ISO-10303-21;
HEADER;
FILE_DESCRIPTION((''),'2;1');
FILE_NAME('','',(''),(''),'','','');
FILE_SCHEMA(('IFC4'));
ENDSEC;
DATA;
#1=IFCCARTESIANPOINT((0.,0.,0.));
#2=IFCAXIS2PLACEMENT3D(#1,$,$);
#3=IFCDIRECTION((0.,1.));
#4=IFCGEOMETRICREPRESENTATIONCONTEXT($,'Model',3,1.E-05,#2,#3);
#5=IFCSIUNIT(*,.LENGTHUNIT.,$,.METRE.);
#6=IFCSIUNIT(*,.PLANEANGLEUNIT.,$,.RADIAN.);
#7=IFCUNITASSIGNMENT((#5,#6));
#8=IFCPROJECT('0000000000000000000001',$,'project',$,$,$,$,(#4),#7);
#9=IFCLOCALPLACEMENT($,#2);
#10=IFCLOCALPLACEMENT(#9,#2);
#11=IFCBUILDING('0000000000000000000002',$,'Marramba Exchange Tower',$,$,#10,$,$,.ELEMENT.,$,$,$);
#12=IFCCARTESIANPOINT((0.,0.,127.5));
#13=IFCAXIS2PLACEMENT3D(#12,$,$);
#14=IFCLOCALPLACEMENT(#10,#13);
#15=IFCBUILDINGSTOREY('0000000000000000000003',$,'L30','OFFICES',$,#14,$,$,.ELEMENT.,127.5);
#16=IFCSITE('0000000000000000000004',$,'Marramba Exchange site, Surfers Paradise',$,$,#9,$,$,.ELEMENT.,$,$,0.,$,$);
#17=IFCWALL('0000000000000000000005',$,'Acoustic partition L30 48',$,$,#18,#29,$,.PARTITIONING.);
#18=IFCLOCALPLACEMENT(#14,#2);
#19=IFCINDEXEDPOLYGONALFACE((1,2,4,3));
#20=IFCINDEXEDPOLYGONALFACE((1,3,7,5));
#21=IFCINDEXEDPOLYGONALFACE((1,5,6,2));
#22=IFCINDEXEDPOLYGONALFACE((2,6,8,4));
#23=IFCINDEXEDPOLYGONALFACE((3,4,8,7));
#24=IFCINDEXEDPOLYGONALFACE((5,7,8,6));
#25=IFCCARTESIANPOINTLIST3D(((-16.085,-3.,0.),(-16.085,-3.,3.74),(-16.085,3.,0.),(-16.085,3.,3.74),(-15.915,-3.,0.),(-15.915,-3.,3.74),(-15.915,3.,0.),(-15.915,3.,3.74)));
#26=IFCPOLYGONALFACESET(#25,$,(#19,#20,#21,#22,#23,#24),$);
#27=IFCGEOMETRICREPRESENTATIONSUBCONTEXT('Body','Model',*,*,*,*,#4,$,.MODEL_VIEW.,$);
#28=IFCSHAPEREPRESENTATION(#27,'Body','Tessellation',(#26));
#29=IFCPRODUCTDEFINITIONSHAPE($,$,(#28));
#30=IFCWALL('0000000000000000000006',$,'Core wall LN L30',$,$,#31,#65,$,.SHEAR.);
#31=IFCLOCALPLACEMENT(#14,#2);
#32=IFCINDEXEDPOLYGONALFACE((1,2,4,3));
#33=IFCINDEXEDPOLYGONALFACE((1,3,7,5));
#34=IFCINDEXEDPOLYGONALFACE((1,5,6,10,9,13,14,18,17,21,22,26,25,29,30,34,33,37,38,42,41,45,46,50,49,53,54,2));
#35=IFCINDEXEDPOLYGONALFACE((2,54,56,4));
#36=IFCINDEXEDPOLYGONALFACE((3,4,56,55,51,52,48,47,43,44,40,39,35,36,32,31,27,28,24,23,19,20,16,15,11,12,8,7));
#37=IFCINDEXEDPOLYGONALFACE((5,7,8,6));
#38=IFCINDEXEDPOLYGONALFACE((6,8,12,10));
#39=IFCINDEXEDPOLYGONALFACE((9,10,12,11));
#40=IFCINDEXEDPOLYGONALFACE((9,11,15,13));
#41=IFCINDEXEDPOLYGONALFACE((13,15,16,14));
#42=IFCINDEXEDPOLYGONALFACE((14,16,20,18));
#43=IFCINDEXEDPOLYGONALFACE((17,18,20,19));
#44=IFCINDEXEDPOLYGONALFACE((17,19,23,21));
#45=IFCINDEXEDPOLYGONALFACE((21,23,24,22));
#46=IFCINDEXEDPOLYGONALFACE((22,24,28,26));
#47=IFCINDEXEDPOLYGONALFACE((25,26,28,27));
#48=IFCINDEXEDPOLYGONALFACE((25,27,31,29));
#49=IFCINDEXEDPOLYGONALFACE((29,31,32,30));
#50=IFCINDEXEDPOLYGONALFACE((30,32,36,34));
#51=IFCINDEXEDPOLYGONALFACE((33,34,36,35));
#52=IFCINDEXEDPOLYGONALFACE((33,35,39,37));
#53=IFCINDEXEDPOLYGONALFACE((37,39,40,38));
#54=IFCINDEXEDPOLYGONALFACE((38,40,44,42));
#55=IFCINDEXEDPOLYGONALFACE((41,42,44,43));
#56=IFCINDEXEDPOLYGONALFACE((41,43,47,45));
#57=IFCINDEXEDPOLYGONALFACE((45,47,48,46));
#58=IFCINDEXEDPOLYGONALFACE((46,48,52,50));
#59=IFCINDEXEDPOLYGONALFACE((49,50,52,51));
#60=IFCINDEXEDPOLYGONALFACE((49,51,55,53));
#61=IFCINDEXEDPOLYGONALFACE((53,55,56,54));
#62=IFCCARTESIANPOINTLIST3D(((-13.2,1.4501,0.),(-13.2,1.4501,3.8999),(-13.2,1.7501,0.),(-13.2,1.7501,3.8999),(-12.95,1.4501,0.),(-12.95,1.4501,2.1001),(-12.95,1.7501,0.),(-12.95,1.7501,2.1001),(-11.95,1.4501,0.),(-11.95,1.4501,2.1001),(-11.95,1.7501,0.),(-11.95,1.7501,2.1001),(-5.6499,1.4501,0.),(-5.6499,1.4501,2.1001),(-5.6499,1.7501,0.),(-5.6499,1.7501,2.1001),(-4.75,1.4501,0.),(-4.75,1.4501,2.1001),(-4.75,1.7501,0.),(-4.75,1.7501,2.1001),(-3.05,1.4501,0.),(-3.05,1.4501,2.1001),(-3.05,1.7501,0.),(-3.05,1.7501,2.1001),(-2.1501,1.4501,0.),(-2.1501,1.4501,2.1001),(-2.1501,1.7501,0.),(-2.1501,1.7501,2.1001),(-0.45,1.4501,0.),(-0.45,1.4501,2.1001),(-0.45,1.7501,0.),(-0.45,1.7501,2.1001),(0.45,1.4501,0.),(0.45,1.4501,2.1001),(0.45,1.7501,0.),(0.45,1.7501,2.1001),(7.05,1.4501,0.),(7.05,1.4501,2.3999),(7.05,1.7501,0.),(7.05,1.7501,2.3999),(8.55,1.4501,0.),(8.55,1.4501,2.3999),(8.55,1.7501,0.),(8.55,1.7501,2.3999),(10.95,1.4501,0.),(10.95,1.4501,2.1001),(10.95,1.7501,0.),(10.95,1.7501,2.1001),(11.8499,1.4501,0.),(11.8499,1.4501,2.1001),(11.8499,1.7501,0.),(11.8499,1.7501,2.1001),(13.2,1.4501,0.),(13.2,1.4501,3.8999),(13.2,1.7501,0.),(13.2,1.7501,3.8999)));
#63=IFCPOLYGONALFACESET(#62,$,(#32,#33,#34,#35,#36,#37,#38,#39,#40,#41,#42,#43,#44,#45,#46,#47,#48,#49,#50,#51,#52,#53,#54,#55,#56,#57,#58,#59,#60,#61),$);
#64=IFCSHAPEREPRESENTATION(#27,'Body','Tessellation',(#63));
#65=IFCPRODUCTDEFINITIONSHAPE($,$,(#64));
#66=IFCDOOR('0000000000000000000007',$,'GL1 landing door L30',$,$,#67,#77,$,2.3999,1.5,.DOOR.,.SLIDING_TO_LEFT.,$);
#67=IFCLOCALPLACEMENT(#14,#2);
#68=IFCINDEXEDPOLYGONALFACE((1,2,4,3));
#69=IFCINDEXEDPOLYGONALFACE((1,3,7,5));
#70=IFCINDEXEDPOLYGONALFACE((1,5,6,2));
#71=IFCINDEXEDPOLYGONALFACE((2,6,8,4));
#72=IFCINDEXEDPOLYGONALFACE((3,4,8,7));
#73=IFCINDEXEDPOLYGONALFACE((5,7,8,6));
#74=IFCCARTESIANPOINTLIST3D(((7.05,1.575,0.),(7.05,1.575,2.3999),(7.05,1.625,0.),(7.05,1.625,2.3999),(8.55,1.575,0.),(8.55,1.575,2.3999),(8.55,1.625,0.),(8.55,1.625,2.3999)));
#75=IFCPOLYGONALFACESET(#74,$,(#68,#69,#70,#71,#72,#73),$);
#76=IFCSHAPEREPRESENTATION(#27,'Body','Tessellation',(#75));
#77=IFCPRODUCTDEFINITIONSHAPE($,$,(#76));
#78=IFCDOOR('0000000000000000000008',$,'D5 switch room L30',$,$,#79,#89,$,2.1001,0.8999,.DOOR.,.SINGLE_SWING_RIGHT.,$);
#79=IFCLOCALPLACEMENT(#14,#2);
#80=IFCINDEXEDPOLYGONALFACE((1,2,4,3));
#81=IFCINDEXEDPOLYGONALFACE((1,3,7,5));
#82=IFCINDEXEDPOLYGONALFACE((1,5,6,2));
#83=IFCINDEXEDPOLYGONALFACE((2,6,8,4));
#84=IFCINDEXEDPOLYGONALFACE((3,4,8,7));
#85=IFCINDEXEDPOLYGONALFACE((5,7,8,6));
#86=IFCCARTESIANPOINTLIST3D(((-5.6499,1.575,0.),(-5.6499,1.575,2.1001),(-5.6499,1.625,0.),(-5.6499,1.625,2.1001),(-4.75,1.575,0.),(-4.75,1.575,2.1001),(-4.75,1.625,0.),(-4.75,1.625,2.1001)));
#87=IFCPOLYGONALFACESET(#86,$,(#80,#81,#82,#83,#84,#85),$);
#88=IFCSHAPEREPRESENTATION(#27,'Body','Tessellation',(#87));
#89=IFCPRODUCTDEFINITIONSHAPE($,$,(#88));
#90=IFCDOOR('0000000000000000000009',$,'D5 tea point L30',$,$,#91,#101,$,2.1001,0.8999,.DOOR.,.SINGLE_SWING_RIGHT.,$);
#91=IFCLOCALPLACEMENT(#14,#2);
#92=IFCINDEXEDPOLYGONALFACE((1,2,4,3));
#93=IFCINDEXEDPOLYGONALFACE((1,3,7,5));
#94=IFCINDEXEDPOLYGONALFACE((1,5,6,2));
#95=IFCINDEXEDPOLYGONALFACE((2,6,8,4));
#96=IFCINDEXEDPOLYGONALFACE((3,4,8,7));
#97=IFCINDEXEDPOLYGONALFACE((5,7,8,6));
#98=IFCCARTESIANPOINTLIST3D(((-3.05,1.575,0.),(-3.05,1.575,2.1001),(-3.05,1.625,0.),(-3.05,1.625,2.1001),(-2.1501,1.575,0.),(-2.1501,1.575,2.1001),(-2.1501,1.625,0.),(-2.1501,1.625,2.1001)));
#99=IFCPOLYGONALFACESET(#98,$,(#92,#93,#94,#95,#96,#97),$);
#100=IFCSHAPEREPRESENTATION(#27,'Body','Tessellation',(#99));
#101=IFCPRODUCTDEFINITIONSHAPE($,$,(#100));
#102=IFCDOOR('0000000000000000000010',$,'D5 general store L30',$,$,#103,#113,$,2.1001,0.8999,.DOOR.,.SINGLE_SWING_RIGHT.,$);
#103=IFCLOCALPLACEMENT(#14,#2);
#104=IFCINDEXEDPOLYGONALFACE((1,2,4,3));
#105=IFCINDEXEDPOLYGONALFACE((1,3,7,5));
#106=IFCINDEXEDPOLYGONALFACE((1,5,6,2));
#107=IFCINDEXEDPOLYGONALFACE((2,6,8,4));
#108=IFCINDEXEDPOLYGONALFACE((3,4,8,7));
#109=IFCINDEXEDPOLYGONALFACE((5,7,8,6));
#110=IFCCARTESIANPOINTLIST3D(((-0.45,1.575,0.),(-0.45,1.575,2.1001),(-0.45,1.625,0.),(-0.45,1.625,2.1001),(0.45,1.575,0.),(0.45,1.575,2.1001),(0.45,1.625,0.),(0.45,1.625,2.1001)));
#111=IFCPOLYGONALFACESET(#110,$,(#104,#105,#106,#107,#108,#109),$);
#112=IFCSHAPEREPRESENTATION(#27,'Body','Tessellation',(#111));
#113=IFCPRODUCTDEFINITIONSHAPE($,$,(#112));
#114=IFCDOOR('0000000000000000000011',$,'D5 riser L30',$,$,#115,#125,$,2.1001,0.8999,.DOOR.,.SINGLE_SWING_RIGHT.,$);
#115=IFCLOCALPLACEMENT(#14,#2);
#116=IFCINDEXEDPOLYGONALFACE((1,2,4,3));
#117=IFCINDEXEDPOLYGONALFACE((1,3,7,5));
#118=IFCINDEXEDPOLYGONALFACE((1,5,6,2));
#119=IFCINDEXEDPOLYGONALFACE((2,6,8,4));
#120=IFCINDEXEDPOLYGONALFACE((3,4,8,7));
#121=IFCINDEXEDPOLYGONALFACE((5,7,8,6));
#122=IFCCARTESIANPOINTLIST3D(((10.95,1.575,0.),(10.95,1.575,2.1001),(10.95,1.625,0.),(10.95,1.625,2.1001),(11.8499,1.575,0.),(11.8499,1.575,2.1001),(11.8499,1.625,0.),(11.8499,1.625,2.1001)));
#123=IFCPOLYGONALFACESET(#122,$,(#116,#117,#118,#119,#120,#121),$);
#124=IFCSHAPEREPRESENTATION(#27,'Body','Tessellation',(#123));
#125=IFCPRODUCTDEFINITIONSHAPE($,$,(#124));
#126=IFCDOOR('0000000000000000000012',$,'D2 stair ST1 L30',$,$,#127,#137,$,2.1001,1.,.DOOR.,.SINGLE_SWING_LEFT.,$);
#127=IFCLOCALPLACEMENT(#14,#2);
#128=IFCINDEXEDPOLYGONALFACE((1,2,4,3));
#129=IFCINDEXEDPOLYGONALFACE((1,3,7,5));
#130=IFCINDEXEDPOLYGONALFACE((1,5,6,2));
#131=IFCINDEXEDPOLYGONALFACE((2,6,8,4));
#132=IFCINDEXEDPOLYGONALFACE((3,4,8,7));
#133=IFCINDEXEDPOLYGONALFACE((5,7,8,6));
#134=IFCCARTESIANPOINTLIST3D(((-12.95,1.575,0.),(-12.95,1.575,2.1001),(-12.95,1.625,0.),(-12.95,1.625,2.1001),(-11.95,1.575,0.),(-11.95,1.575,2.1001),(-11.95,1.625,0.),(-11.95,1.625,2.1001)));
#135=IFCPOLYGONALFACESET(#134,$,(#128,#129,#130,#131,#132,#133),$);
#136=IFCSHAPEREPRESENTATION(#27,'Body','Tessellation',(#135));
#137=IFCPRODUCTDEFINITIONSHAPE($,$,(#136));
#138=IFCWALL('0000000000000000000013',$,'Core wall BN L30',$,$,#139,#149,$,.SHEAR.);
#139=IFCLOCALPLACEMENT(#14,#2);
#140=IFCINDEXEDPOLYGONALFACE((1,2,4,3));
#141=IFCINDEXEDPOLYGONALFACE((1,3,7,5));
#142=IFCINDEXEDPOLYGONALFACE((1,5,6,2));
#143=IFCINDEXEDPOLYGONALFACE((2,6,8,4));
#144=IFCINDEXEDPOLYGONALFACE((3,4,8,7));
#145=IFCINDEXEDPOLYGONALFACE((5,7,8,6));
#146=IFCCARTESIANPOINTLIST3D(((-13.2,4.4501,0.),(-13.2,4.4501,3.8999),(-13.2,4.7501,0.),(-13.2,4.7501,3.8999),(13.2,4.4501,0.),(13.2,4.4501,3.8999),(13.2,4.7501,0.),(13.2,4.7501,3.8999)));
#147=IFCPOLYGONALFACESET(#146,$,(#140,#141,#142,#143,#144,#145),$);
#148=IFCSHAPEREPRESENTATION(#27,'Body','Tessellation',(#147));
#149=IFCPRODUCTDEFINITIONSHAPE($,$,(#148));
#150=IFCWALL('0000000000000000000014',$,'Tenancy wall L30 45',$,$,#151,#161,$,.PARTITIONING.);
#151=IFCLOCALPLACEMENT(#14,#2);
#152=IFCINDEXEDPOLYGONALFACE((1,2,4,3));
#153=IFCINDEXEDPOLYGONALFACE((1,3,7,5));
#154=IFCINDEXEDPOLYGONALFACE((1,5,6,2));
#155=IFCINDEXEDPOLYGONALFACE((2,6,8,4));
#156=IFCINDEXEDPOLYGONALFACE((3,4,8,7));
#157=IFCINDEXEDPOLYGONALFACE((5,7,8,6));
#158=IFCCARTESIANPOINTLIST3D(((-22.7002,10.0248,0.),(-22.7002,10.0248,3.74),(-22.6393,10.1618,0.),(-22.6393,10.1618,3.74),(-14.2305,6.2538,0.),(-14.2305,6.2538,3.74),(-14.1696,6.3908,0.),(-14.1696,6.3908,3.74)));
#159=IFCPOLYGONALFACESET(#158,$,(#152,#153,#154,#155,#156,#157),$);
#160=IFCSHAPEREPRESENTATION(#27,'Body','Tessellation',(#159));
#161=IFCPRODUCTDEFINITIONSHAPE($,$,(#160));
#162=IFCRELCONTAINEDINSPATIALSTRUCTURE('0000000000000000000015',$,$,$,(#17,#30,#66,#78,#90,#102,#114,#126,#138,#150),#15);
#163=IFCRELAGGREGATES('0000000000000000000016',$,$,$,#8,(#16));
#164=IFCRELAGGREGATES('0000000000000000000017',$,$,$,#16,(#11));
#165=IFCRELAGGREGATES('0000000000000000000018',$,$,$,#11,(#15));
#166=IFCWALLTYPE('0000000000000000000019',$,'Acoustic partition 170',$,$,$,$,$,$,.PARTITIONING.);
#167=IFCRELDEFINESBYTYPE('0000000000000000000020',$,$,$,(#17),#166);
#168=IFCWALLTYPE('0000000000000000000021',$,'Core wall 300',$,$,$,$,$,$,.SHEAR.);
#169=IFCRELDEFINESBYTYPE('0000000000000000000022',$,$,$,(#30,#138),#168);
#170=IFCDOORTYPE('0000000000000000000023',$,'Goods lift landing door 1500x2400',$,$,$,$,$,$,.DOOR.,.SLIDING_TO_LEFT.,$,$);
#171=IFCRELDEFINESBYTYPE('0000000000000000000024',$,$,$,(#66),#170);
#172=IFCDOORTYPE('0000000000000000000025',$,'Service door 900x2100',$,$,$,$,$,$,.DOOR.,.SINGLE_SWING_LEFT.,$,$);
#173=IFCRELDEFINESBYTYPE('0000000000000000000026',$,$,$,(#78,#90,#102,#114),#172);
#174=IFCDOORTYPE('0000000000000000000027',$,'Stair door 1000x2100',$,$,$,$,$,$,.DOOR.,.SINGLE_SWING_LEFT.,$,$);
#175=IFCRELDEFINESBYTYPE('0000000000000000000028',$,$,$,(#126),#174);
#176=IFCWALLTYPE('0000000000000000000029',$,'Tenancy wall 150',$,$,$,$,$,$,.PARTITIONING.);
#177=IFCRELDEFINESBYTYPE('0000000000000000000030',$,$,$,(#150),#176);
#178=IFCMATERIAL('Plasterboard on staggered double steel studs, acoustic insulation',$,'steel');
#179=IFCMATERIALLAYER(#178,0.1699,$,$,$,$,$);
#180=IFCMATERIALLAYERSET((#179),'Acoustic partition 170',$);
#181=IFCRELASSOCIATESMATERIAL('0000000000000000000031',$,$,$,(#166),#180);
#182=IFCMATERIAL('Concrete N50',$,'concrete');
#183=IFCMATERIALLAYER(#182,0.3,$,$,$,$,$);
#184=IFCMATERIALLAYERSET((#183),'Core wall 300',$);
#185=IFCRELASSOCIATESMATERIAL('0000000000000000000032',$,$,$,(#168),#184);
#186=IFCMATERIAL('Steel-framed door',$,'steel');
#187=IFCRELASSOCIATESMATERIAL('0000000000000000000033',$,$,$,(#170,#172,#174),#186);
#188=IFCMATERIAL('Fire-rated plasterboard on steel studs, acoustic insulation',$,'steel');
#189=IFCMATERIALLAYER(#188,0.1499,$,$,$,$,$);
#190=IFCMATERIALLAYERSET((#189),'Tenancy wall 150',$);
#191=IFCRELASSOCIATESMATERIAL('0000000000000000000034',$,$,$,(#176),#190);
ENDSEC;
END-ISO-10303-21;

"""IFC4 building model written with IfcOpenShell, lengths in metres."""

from ifc_helpers import new_model, si_unit, direction, frame, frame_2d, origin, place, context, subcontext, project, spatial, rectangle, extrude, material, layer, layer_set, type_object, element, fill, save


model = new_model("IFC4")

# Units and contexts
model_context = context("Model", 3, precision=1e-05, world=origin(), true_north=direction((0.0, 1.0)))
body_context = subcontext(model_context, "Body", "Model", "MODEL_VIEW")
ifc_project = project(units=[si_unit("LENGTHUNIT", "METRE"), si_unit("PLANEANGLEUNIT", "RADIAN")], contexts=[model_context])

# Site, building, storey
site_placement = place(None, origin())
site = spatial("IfcSite", under=ifc_project, at=site_placement, Name="Marramba Exchange site, Surfers Paradise", CompositionType="ELEMENT", RefElevation=0.0)
building_placement = place(site_placement, origin())
building = spatial("IfcBuilding", under=site, at=building_placement, Name="Marramba Exchange Tower", CompositionType="ELEMENT")
storey_placement = place(building_placement, frame((0.0, 0.0, 127.5)))
storey = spatial("IfcBuildingStorey", under=building, at=storey_placement, Name="L30", Description="OFFICES", CompositionType="ELEMENT", Elevation=127.5)

# Shared definitions
ifc_material_1 = material(Name="Concrete N50", Category="concrete")

# Wall
ifc_material_2 = material(Name="Plasterboard on staggered double steel studs, acoustic insulation", Category="steel")
ifc_layer_1 = layer(ifc_material_2, 0.1699)
ifc_layer_set_1 = layer_set([ifc_layer_1], Name="Acoustic partition 170")
wall_type_1 = type_object("IfcWallType", Name="Acoustic partition 170", PredefinedType="PARTITIONING", material=ifc_layer_set_1)
wall_1_placement = place(storey_placement, frame((-16.0, 3.0, 0.0), z_axis=(0.0, 0.0, 1.0), x_axis=(0.0, -1.0, 0.0)))
element("IfcWall", 1, at=wall_1_placement, inside=storey, type_object=wall_type_1, Name="Acoustic partition L30 48", PredefinedType="PARTITIONING", context=body_context, shape_type="SweptSolid", body=[
    extrude(rectangle(XDim=6.0, YDim=0.1699, at=frame_2d((3.0, 0.0))), origin(), (0.0, 0.0, 1.0), 3.74),
])

# Shared definitions
ifc_material_3 = material(Name="Steel-framed door", Category="steel")

# Wall, openings, doors
ifc_layer_2 = layer(ifc_material_1, 0.3)
ifc_layer_set_2 = layer_set([ifc_layer_2], Name="Core wall 300")
wall_type_2 = type_object("IfcWallType", Name="Core wall 300", PredefinedType="SHEAR", material=ifc_layer_set_2)
wall_2_placement = place(storey_placement, frame((-13.2, 1.6001, 0.0), z_axis=(0.0, 0.0, 1.0), x_axis=(1.0, 0.0, 0.0)))
wall_2 = element("IfcWall", 2, at=wall_2_placement, inside=storey, type_object=wall_type_2, Name="Core wall LN L30", PredefinedType="SHEAR", context=body_context, shape_type="SweptSolid", body=[
    extrude(rectangle(XDim=26.3999, YDim=0.3, at=frame_2d((13.2, 0.0))), origin(), (0.0, 0.0, 1.0), 3.8999),
])
opening_1_placement = place(wall_2_placement, frame((0.25, 0.0, 0.0)))
opening_1 = element("IfcOpeningElement", 3, at=opening_1_placement, cuts=wall_2, PredefinedType="OPENING", context=body_context, shape_type="SweptSolid", body=[
    extrude(rectangle(XDim=1.0, YDim=2.1001, at=frame_2d((0.5, 1.05))), frame((0.0, 0.1599, 0.0), z_axis=(0.0, -1.0, 0.0), x_axis=(1.0, 0.0, 0.0)), (0.0, 0.0, 1.0), 0.3201),
])
opening_2_placement = place(wall_2_placement, frame((20.25, 0.0, 0.0)))
opening_2 = element("IfcOpeningElement", 4, at=opening_2_placement, cuts=wall_2, PredefinedType="OPENING", context=body_context, shape_type="SweptSolid", body=[
    extrude(rectangle(XDim=1.5, YDim=2.3999, at=frame_2d((0.75, 1.2))), frame((0.0, 0.1599, 0.0), z_axis=(0.0, -1.0, 0.0), x_axis=(1.0, 0.0, 0.0)), (0.0, 0.0, 1.0), 0.3201),
])
opening_3_placement = place(wall_2_placement, frame((7.55, 0.0, 0.0)))
opening_3 = element("IfcOpeningElement", 5, at=opening_3_placement, cuts=wall_2, PredefinedType="OPENING", context=body_context, shape_type="SweptSolid", body=[
    extrude(rectangle(XDim=0.8999, YDim=2.1001, at=frame_2d((0.45, 1.05))), frame((0.0, 0.1599, 0.0), z_axis=(0.0, -1.0, 0.0), x_axis=(1.0, 0.0, 0.0)), (0.0, 0.0, 1.0), 0.3201),
])
opening_4_placement = place(wall_2_placement, frame((10.1499, 0.0, 0.0)))
opening_4 = element("IfcOpeningElement", 6, at=opening_4_placement, cuts=wall_2, PredefinedType="OPENING", context=body_context, shape_type="SweptSolid", body=[
    extrude(rectangle(XDim=0.8999, YDim=2.1001, at=frame_2d((0.45, 1.05))), frame((0.0, 0.1599, 0.0), z_axis=(0.0, -1.0, 0.0), x_axis=(1.0, 0.0, 0.0)), (0.0, 0.0, 1.0), 0.3201),
])
opening_5_placement = place(wall_2_placement, frame((12.75, 0.0, 0.0)))
opening_5 = element("IfcOpeningElement", 7, at=opening_5_placement, cuts=wall_2, PredefinedType="OPENING", context=body_context, shape_type="SweptSolid", body=[
    extrude(rectangle(XDim=0.8999, YDim=2.1001, at=frame_2d((0.45, 1.05))), frame((0.0, 0.1599, 0.0), z_axis=(0.0, -1.0, 0.0), x_axis=(1.0, 0.0, 0.0)), (0.0, 0.0, 1.0), 0.3201),
])
opening_6_placement = place(wall_2_placement, frame((24.1499, 0.0, 0.0)))
opening_6 = element("IfcOpeningElement", 8, at=opening_6_placement, cuts=wall_2, PredefinedType="OPENING", context=body_context, shape_type="SweptSolid", body=[
    extrude(rectangle(XDim=0.8999, YDim=2.1001, at=frame_2d((0.45, 1.05))), frame((0.0, 0.1599, 0.0), z_axis=(0.0, -1.0, 0.0), x_axis=(1.0, 0.0, 0.0)), (0.0, 0.0, 1.0), 0.3201),
])
door_type_1 = type_object("IfcDoorType", Name="Goods lift landing door 1500x2400", OperationType="SLIDING_TO_LEFT", PredefinedType="DOOR", material=ifc_material_3)
door_1_placement = place(opening_2_placement, origin())
door_1 = element("IfcDoor", 9, at=door_1_placement, inside=storey, type_object=door_type_1, Name="GL1 landing door L30", OperationType="SLIDING_TO_LEFT", OverallHeight=2.3999, OverallWidth=1.5, PredefinedType="DOOR", context=body_context, shape_type="SweptSolid", body=[
    extrude(rectangle(XDim=1.5, YDim=2.3999, at=frame_2d((0.75, 1.2))), frame((0.0, 0.0249, 0.0), z_axis=(0.0, -1.0, 0.0), x_axis=(1.0, 0.0, 0.0)), (0.0, 0.0, 1.0), 0.05),
])
fill(opening_2, door_1)
door_type_2 = type_object("IfcDoorType", Name="Service door 900x2100", OperationType="SINGLE_SWING_LEFT", PredefinedType="DOOR", material=ifc_material_3)
door_2_placement = place(opening_3_placement, origin())
door_2 = element("IfcDoor", 10, at=door_2_placement, inside=storey, type_object=door_type_2, Name="D5 switch room L30", OperationType="SINGLE_SWING_RIGHT", OverallHeight=2.1001, OverallWidth=0.8999, PredefinedType="DOOR", context=body_context, shape_type="SweptSolid", body=[
    extrude(rectangle(XDim=0.8999, YDim=2.1001, at=frame_2d((0.45, 1.05))), frame((0.0, 0.0249, 0.0), z_axis=(0.0, -1.0, 0.0), x_axis=(1.0, 0.0, 0.0)), (0.0, 0.0, 1.0), 0.05),
])
fill(opening_3, door_2)
door_3_placement = place(opening_4_placement, origin())
door_3 = element("IfcDoor", 11, at=door_3_placement, inside=storey, type_object=door_type_2, Name="D5 tea point L30", OperationType="SINGLE_SWING_RIGHT", OverallHeight=2.1001, OverallWidth=0.8999, PredefinedType="DOOR", context=body_context, shape_type="SweptSolid", body=[
    extrude(rectangle(XDim=0.8999, YDim=2.1001, at=frame_2d((0.45, 1.05))), frame((0.0, 0.0249, 0.0), z_axis=(0.0, -1.0, 0.0), x_axis=(1.0, 0.0, 0.0)), (0.0, 0.0, 1.0), 0.05),
])
fill(opening_4, door_3)
door_4_placement = place(opening_5_placement, origin())
door_4 = element("IfcDoor", 12, at=door_4_placement, inside=storey, type_object=door_type_2, Name="D5 general store L30", OperationType="SINGLE_SWING_RIGHT", OverallHeight=2.1001, OverallWidth=0.8999, PredefinedType="DOOR", context=body_context, shape_type="SweptSolid", body=[
    extrude(rectangle(XDim=0.8999, YDim=2.1001, at=frame_2d((0.45, 1.05))), frame((0.0, 0.0249, 0.0), z_axis=(0.0, -1.0, 0.0), x_axis=(1.0, 0.0, 0.0)), (0.0, 0.0, 1.0), 0.05),
])
fill(opening_5, door_4)
door_5_placement = place(opening_6_placement, origin())
door_5 = element("IfcDoor", 13, at=door_5_placement, inside=storey, type_object=door_type_2, Name="D5 riser L30", OperationType="SINGLE_SWING_RIGHT", OverallHeight=2.1001, OverallWidth=0.8999, PredefinedType="DOOR", context=body_context, shape_type="SweptSolid", body=[
    extrude(rectangle(XDim=0.8999, YDim=2.1001, at=frame_2d((0.45, 1.05))), frame((0.0, 0.0249, 0.0), z_axis=(0.0, -1.0, 0.0), x_axis=(1.0, 0.0, 0.0)), (0.0, 0.0, 1.0), 0.05),
])
fill(opening_6, door_5)
door_type_3 = type_object("IfcDoorType", Name="Stair door 1000x2100", OperationType="SINGLE_SWING_LEFT", PredefinedType="DOOR", material=ifc_material_3)
door_6_placement = place(opening_1_placement, origin())
door_6 = element("IfcDoor", 14, at=door_6_placement, inside=storey, type_object=door_type_3, Name="D2 stair ST1 L30", OperationType="SINGLE_SWING_LEFT", OverallHeight=2.1001, OverallWidth=1.0, PredefinedType="DOOR", context=body_context, shape_type="SweptSolid", body=[
    extrude(rectangle(XDim=1.0, YDim=2.1001, at=frame_2d((0.5, 1.05))), frame((0.0, 0.0249, 0.0), z_axis=(0.0, -1.0, 0.0), x_axis=(1.0, 0.0, 0.0)), (0.0, 0.0, 1.0), 0.05),
])
fill(opening_1, door_6)

# Walls
wall_3_placement = place(storey_placement, frame((-13.2, 4.6001, 0.0), z_axis=(0.0, 0.0, 1.0), x_axis=(1.0, 0.0, 0.0)))
element("IfcWall", 15, at=wall_3_placement, inside=storey, type_object=wall_type_2, Name="Core wall BN L30", PredefinedType="SHEAR", context=body_context, shape_type="SweptSolid", body=[
    extrude(rectangle(XDim=26.3999, YDim=0.3, at=frame_2d((13.2, 0.0))), origin(), (0.0, 0.0, 1.0), 3.8999),
])
ifc_material_4 = material(Name="Fire-rated plasterboard on steel studs, acoustic insulation", Category="steel")
ifc_layer_3 = layer(ifc_material_4, 0.1499)
ifc_layer_set_3 = layer_set([ifc_layer_3], Name="Tenancy wall 150")
wall_type_3 = type_object("IfcWallType", Name="Tenancy wall 150", PredefinedType="PARTITIONING", material=ifc_layer_set_3)
wall_4_placement = place(storey_placement, frame((-14.2, 6.3223, 0.0), z_axis=(0.0, 0.0, 1.0), x_axis=(-0.913544, 0.406739, 0.0)))
element("IfcWall", 16, at=wall_4_placement, inside=storey, type_object=wall_type_3, Name="Tenancy wall L30 45", PredefinedType="PARTITIONING", context=body_context, shape_type="SweptSolid", body=[
    extrude(rectangle(XDim=9.2712, YDim=0.1499, at=frame_2d((4.6357, 0.0))), origin(), (0.0, 0.0, 1.0), 3.74),
])

save(model, "model.ifc")
